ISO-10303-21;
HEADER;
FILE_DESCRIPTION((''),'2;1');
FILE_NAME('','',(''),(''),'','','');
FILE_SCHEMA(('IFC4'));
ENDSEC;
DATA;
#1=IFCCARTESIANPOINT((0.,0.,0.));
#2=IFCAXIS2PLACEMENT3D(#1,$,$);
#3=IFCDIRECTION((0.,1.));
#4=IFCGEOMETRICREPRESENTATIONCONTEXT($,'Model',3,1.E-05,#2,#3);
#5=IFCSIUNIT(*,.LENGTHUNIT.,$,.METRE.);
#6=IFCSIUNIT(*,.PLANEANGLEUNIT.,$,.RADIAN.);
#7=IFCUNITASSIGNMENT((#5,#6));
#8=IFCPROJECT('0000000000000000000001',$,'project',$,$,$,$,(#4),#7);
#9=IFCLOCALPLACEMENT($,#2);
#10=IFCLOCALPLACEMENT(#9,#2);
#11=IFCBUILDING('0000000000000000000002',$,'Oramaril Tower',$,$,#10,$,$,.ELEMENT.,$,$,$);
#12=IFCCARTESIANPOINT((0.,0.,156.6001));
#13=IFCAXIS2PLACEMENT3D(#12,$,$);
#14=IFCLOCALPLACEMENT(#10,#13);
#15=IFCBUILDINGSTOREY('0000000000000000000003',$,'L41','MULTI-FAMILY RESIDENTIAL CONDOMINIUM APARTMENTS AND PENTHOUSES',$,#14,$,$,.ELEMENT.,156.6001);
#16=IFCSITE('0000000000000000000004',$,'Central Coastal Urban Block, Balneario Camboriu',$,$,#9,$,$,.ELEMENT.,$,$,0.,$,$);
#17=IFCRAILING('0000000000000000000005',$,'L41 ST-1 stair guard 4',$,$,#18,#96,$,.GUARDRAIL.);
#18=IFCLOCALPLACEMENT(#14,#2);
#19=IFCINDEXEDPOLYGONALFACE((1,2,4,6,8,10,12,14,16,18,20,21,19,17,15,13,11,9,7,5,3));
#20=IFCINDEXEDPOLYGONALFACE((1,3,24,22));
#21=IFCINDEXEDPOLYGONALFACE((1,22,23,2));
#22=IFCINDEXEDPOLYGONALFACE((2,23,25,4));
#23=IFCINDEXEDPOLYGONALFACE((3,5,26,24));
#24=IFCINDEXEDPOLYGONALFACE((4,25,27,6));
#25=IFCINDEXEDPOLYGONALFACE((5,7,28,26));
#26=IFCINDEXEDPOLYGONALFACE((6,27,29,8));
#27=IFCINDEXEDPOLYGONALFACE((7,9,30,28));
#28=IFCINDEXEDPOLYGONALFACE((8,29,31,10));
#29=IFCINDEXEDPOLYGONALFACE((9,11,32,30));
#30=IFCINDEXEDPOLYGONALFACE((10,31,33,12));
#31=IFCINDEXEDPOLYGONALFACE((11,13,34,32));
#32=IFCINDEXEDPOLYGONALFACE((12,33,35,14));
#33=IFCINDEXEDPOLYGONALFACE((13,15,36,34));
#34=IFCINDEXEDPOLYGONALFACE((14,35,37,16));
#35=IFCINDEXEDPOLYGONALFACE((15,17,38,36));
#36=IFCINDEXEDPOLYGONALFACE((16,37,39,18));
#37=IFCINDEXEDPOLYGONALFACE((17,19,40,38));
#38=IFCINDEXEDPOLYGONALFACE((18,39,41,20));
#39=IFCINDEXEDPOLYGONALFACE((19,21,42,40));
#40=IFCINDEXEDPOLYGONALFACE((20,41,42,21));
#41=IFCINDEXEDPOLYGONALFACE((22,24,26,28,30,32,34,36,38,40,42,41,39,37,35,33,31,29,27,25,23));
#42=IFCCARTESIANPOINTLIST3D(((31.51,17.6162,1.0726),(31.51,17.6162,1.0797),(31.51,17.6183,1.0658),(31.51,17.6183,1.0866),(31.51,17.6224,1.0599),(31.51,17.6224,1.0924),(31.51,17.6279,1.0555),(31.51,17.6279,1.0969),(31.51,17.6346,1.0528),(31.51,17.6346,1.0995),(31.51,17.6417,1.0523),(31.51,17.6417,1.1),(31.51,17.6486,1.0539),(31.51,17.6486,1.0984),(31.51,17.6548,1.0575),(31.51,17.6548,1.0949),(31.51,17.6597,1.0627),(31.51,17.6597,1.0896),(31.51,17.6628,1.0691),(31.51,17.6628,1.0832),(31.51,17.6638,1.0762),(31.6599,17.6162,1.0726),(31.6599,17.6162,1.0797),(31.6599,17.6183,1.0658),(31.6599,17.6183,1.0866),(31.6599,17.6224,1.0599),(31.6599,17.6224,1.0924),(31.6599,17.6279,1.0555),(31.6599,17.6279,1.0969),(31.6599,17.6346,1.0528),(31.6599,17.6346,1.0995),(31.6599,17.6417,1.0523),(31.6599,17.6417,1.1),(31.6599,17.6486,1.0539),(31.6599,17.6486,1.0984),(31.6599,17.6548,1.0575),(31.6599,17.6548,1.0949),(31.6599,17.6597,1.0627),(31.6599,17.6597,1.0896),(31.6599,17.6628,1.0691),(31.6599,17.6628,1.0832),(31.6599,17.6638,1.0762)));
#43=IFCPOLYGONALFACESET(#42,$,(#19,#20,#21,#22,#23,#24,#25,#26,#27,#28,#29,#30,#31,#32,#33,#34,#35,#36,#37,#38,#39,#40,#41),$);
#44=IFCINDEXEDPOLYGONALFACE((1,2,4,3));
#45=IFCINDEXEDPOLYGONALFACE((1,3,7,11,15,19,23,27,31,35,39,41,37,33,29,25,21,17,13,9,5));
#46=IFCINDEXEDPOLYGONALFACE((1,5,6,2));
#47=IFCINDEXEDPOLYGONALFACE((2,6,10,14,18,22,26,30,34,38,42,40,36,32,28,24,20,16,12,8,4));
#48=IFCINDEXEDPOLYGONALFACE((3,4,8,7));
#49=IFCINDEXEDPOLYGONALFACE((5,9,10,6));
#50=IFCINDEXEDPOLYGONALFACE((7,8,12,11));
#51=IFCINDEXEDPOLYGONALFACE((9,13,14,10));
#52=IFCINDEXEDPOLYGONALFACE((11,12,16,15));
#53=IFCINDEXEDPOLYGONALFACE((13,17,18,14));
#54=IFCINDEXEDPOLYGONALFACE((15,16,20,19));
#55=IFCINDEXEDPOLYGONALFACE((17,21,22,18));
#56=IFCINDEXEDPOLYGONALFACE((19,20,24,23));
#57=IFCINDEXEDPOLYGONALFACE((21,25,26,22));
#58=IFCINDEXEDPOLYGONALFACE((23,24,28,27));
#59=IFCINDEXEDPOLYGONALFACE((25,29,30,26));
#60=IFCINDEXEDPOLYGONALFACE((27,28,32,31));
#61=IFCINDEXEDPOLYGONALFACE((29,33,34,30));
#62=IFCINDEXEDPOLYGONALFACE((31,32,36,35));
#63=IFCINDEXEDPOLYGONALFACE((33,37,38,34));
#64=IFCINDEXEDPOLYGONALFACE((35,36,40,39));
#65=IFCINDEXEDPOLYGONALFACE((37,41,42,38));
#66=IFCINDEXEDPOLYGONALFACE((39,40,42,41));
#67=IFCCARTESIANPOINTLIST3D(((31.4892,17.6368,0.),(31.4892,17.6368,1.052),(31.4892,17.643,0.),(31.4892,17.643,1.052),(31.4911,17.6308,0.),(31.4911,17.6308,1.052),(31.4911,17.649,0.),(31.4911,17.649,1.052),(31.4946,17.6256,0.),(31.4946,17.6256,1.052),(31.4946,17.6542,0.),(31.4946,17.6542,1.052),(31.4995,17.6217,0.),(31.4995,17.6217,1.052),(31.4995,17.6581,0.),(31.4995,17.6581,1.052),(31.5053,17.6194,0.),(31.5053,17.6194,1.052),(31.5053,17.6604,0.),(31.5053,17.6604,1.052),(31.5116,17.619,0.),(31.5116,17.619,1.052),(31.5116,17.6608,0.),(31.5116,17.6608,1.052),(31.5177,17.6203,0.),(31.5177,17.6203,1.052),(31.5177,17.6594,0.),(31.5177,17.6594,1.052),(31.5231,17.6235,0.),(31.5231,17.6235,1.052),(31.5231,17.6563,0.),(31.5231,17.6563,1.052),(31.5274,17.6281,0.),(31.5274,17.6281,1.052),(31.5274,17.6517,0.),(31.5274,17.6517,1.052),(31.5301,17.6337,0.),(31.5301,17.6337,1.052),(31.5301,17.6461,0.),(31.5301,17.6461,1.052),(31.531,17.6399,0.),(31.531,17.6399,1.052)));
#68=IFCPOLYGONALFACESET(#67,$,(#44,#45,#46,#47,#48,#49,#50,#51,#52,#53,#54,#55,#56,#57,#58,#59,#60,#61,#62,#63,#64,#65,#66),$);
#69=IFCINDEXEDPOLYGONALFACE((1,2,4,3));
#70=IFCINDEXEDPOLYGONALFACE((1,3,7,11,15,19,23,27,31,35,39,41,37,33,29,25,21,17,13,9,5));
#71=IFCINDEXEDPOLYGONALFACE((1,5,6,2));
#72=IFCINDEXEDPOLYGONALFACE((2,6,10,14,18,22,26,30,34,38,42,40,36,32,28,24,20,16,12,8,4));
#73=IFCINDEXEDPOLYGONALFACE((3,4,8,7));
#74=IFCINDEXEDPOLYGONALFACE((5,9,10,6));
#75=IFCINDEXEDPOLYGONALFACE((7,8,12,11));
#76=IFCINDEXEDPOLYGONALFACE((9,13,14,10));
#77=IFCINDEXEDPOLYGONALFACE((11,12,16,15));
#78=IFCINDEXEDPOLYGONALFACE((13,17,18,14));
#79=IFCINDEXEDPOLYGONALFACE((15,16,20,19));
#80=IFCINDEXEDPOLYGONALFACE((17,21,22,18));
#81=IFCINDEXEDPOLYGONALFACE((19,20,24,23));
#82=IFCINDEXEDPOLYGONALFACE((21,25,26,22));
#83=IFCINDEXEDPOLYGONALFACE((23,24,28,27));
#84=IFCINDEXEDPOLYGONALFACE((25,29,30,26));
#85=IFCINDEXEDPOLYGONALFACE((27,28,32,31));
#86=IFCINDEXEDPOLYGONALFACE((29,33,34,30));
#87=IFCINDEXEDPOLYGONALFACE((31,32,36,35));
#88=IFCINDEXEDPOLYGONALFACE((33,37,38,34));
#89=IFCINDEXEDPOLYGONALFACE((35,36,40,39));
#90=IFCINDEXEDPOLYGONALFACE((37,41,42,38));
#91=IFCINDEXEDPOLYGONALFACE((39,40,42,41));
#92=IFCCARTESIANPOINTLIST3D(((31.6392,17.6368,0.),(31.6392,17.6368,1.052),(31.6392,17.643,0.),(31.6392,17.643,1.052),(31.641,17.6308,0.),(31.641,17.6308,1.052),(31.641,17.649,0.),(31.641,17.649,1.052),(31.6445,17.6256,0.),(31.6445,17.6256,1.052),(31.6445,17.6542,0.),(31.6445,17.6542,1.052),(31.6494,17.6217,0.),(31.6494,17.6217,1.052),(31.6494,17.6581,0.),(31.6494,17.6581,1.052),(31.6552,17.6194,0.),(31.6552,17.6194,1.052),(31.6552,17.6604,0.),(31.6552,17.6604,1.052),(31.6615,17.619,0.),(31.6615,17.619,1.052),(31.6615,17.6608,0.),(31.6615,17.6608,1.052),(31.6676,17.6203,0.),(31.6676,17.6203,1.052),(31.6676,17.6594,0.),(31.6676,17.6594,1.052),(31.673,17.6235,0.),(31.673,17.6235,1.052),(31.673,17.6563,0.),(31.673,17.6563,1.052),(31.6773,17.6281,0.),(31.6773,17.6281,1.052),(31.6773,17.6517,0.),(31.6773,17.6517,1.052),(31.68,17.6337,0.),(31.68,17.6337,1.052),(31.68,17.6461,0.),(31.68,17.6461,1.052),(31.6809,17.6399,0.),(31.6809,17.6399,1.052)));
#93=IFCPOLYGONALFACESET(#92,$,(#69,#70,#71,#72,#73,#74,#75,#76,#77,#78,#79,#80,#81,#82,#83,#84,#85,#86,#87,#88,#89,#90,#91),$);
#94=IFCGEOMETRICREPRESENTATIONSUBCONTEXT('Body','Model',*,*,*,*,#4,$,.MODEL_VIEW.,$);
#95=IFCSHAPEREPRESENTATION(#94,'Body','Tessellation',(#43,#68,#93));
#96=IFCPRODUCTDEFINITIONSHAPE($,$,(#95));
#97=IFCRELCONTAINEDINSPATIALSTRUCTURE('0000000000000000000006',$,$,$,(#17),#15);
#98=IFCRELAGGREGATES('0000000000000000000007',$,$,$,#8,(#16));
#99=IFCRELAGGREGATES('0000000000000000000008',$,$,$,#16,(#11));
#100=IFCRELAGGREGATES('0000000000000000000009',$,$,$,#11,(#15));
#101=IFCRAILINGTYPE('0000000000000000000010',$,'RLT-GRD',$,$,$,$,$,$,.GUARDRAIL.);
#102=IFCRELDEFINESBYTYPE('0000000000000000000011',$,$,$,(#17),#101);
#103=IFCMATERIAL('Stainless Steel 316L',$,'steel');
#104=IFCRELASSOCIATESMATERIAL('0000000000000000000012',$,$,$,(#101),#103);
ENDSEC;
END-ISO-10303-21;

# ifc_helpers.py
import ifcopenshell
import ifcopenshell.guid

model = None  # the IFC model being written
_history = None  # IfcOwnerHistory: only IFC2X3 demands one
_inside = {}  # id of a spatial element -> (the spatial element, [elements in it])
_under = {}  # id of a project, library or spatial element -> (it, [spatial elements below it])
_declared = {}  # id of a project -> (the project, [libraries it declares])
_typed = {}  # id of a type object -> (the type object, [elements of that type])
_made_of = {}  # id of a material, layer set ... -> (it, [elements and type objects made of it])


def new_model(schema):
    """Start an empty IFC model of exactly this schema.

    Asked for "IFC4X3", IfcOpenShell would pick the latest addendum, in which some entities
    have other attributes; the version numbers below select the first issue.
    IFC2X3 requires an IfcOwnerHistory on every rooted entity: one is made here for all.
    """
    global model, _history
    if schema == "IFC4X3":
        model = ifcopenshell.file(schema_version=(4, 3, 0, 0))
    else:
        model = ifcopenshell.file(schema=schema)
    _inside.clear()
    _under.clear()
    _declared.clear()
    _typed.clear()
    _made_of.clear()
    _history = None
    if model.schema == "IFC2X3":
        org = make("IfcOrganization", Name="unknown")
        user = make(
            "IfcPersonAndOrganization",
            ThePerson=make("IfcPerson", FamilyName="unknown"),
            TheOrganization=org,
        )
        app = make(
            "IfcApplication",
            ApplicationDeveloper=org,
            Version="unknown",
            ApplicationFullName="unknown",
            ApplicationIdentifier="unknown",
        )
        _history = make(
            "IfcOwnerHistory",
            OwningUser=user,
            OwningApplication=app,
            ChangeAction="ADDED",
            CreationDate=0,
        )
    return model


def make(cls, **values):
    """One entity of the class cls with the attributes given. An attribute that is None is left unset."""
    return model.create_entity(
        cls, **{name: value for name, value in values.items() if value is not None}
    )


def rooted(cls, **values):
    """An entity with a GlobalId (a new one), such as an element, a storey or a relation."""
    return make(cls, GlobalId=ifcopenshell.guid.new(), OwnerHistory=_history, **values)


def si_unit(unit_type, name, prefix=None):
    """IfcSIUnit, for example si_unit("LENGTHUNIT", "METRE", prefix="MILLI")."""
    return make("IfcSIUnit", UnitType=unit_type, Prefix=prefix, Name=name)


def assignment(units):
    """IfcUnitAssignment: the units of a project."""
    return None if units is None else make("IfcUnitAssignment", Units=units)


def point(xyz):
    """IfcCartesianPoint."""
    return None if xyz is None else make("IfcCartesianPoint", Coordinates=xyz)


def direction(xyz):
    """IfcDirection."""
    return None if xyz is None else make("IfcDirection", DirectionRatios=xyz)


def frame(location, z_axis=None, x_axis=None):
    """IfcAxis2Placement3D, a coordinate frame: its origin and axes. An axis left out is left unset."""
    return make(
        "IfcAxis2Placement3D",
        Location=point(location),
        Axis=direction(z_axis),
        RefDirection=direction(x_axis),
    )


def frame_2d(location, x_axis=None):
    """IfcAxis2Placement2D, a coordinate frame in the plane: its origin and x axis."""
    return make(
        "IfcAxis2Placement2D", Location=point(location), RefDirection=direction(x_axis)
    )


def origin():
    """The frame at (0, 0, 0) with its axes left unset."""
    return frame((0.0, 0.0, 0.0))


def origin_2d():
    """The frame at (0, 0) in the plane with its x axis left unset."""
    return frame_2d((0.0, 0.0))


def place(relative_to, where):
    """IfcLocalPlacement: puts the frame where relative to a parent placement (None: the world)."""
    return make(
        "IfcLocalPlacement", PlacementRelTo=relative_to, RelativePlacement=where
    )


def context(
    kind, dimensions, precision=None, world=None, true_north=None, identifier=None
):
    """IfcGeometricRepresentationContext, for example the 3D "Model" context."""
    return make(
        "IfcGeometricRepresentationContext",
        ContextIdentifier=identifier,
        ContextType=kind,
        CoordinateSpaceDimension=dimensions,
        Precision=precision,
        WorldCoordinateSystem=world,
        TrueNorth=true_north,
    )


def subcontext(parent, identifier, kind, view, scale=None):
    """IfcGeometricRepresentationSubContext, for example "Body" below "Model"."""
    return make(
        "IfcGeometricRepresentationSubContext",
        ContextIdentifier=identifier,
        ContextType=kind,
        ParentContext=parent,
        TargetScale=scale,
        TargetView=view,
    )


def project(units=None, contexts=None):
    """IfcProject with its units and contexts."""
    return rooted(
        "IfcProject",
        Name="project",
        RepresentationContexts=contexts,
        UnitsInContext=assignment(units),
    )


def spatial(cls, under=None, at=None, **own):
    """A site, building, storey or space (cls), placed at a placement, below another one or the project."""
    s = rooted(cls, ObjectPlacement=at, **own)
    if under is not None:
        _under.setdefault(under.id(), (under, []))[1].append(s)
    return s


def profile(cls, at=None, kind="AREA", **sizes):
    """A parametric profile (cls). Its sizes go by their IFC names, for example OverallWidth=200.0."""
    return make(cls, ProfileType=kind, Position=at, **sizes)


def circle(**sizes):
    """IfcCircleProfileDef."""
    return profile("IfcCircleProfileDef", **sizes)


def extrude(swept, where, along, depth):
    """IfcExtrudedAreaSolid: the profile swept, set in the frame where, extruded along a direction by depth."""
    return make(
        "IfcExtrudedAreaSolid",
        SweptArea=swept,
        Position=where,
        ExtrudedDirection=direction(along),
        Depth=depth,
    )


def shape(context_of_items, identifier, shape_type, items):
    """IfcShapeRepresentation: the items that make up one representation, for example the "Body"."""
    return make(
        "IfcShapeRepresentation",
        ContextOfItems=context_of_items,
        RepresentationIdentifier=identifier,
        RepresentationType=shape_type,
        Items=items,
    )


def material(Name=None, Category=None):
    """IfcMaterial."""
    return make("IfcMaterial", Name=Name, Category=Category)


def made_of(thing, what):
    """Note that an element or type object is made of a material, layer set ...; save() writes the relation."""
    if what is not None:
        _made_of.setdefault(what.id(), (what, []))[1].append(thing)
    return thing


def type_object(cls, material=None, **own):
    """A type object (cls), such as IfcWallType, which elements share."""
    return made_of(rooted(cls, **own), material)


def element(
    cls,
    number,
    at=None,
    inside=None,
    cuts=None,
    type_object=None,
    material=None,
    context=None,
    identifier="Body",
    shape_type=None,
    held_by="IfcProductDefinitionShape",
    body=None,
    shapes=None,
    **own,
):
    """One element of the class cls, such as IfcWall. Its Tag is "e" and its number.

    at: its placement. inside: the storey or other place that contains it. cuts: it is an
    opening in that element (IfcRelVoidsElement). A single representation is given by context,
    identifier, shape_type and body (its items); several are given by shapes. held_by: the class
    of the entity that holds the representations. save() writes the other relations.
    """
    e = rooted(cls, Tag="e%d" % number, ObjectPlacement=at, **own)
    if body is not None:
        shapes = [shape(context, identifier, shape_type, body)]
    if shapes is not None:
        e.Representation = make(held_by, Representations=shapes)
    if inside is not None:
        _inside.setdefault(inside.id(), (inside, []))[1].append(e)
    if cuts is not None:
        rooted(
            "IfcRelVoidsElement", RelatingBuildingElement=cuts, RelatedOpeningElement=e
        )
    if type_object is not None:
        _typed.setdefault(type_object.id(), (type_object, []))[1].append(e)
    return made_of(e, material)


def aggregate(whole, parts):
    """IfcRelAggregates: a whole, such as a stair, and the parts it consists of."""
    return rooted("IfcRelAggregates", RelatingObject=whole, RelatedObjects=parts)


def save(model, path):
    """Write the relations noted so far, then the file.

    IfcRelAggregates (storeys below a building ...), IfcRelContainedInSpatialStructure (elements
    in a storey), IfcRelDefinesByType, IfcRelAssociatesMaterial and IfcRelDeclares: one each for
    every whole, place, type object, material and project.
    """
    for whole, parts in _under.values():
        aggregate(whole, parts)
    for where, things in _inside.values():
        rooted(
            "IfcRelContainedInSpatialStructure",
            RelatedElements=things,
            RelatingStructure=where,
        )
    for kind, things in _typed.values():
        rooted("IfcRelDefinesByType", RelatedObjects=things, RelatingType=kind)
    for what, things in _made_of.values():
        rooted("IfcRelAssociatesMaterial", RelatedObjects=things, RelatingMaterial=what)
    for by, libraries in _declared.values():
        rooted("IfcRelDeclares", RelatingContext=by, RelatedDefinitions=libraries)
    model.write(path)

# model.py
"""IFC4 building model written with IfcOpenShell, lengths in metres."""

from ifc_helpers import new_model, si_unit, direction, frame, origin, origin_2d, place, context, subcontext, project, spatial, circle, extrude, material, type_object, element, save


model = new_model("IFC4")

# Units and contexts
model_context = context("Model", 3, precision=1e-05, world=origin(), true_north=direction((0.0, 1.0)))
body_context = subcontext(model_context, "Body", "Model", "MODEL_VIEW")
ifc_project = project(units=[si_unit("LENGTHUNIT", "METRE"), si_unit("PLANEANGLEUNIT", "RADIAN")], contexts=[model_context])

# Site, building, storey
site_placement = place(None, origin())
site = spatial("IfcSite", under=ifc_project, at=site_placement, Name="Central Coastal Urban Block, Balneario Camboriu", CompositionType="ELEMENT", RefElevation=0.0)
building_placement = place(site_placement, origin())
building = spatial("IfcBuilding", under=site, at=building_placement, Name="Oramaril Tower", CompositionType="ELEMENT")
storey_placement = place(building_placement, frame((0.0, 0.0, 156.6001)))
storey = spatial("IfcBuildingStorey", under=building, at=storey_placement, Name="L41", Description="MULTI-FAMILY RESIDENTIAL CONDOMINIUM APARTMENTS AND PENTHOUSES", CompositionType="ELEMENT", Elevation=156.6001)

# Railing
ifc_material_1 = material(Name="Stainless Steel 316L", Category="steel")
railing_type_1 = type_object("IfcRailingType", Name="RLT-GRD", PredefinedType="GUARDRAIL", material=ifc_material_1)
railing_1_placement = place(storey_placement, frame((31.51, 17.6399, 0.0)))
element("IfcRailing", 1, at=railing_1_placement, inside=storey, type_object=railing_type_1, Name="L41 ST-1 stair guard 4", PredefinedType="GUARDRAIL", context=body_context, shape_type="SweptSolid", body=[
    extrude(circle(Radius=0.0239, at=origin_2d()), frame((0.0, 0.0, 1.0762), z_axis=(1.0, 0.0, 0.0), x_axis=(0.0, 1.0, 0.0)), (0.0, 0.0, 1.0), 0.1499),
    extrude(circle(Radius=0.021, at=origin_2d()), origin(), (0.0, 0.0, 1.0), 1.052),
    extrude(circle(Radius=0.021, at=origin_2d()), frame((0.1499, 0.0, 0.0)), (0.0, 0.0, 1.0), 1.052),
])

save(model, "model.ifc")
